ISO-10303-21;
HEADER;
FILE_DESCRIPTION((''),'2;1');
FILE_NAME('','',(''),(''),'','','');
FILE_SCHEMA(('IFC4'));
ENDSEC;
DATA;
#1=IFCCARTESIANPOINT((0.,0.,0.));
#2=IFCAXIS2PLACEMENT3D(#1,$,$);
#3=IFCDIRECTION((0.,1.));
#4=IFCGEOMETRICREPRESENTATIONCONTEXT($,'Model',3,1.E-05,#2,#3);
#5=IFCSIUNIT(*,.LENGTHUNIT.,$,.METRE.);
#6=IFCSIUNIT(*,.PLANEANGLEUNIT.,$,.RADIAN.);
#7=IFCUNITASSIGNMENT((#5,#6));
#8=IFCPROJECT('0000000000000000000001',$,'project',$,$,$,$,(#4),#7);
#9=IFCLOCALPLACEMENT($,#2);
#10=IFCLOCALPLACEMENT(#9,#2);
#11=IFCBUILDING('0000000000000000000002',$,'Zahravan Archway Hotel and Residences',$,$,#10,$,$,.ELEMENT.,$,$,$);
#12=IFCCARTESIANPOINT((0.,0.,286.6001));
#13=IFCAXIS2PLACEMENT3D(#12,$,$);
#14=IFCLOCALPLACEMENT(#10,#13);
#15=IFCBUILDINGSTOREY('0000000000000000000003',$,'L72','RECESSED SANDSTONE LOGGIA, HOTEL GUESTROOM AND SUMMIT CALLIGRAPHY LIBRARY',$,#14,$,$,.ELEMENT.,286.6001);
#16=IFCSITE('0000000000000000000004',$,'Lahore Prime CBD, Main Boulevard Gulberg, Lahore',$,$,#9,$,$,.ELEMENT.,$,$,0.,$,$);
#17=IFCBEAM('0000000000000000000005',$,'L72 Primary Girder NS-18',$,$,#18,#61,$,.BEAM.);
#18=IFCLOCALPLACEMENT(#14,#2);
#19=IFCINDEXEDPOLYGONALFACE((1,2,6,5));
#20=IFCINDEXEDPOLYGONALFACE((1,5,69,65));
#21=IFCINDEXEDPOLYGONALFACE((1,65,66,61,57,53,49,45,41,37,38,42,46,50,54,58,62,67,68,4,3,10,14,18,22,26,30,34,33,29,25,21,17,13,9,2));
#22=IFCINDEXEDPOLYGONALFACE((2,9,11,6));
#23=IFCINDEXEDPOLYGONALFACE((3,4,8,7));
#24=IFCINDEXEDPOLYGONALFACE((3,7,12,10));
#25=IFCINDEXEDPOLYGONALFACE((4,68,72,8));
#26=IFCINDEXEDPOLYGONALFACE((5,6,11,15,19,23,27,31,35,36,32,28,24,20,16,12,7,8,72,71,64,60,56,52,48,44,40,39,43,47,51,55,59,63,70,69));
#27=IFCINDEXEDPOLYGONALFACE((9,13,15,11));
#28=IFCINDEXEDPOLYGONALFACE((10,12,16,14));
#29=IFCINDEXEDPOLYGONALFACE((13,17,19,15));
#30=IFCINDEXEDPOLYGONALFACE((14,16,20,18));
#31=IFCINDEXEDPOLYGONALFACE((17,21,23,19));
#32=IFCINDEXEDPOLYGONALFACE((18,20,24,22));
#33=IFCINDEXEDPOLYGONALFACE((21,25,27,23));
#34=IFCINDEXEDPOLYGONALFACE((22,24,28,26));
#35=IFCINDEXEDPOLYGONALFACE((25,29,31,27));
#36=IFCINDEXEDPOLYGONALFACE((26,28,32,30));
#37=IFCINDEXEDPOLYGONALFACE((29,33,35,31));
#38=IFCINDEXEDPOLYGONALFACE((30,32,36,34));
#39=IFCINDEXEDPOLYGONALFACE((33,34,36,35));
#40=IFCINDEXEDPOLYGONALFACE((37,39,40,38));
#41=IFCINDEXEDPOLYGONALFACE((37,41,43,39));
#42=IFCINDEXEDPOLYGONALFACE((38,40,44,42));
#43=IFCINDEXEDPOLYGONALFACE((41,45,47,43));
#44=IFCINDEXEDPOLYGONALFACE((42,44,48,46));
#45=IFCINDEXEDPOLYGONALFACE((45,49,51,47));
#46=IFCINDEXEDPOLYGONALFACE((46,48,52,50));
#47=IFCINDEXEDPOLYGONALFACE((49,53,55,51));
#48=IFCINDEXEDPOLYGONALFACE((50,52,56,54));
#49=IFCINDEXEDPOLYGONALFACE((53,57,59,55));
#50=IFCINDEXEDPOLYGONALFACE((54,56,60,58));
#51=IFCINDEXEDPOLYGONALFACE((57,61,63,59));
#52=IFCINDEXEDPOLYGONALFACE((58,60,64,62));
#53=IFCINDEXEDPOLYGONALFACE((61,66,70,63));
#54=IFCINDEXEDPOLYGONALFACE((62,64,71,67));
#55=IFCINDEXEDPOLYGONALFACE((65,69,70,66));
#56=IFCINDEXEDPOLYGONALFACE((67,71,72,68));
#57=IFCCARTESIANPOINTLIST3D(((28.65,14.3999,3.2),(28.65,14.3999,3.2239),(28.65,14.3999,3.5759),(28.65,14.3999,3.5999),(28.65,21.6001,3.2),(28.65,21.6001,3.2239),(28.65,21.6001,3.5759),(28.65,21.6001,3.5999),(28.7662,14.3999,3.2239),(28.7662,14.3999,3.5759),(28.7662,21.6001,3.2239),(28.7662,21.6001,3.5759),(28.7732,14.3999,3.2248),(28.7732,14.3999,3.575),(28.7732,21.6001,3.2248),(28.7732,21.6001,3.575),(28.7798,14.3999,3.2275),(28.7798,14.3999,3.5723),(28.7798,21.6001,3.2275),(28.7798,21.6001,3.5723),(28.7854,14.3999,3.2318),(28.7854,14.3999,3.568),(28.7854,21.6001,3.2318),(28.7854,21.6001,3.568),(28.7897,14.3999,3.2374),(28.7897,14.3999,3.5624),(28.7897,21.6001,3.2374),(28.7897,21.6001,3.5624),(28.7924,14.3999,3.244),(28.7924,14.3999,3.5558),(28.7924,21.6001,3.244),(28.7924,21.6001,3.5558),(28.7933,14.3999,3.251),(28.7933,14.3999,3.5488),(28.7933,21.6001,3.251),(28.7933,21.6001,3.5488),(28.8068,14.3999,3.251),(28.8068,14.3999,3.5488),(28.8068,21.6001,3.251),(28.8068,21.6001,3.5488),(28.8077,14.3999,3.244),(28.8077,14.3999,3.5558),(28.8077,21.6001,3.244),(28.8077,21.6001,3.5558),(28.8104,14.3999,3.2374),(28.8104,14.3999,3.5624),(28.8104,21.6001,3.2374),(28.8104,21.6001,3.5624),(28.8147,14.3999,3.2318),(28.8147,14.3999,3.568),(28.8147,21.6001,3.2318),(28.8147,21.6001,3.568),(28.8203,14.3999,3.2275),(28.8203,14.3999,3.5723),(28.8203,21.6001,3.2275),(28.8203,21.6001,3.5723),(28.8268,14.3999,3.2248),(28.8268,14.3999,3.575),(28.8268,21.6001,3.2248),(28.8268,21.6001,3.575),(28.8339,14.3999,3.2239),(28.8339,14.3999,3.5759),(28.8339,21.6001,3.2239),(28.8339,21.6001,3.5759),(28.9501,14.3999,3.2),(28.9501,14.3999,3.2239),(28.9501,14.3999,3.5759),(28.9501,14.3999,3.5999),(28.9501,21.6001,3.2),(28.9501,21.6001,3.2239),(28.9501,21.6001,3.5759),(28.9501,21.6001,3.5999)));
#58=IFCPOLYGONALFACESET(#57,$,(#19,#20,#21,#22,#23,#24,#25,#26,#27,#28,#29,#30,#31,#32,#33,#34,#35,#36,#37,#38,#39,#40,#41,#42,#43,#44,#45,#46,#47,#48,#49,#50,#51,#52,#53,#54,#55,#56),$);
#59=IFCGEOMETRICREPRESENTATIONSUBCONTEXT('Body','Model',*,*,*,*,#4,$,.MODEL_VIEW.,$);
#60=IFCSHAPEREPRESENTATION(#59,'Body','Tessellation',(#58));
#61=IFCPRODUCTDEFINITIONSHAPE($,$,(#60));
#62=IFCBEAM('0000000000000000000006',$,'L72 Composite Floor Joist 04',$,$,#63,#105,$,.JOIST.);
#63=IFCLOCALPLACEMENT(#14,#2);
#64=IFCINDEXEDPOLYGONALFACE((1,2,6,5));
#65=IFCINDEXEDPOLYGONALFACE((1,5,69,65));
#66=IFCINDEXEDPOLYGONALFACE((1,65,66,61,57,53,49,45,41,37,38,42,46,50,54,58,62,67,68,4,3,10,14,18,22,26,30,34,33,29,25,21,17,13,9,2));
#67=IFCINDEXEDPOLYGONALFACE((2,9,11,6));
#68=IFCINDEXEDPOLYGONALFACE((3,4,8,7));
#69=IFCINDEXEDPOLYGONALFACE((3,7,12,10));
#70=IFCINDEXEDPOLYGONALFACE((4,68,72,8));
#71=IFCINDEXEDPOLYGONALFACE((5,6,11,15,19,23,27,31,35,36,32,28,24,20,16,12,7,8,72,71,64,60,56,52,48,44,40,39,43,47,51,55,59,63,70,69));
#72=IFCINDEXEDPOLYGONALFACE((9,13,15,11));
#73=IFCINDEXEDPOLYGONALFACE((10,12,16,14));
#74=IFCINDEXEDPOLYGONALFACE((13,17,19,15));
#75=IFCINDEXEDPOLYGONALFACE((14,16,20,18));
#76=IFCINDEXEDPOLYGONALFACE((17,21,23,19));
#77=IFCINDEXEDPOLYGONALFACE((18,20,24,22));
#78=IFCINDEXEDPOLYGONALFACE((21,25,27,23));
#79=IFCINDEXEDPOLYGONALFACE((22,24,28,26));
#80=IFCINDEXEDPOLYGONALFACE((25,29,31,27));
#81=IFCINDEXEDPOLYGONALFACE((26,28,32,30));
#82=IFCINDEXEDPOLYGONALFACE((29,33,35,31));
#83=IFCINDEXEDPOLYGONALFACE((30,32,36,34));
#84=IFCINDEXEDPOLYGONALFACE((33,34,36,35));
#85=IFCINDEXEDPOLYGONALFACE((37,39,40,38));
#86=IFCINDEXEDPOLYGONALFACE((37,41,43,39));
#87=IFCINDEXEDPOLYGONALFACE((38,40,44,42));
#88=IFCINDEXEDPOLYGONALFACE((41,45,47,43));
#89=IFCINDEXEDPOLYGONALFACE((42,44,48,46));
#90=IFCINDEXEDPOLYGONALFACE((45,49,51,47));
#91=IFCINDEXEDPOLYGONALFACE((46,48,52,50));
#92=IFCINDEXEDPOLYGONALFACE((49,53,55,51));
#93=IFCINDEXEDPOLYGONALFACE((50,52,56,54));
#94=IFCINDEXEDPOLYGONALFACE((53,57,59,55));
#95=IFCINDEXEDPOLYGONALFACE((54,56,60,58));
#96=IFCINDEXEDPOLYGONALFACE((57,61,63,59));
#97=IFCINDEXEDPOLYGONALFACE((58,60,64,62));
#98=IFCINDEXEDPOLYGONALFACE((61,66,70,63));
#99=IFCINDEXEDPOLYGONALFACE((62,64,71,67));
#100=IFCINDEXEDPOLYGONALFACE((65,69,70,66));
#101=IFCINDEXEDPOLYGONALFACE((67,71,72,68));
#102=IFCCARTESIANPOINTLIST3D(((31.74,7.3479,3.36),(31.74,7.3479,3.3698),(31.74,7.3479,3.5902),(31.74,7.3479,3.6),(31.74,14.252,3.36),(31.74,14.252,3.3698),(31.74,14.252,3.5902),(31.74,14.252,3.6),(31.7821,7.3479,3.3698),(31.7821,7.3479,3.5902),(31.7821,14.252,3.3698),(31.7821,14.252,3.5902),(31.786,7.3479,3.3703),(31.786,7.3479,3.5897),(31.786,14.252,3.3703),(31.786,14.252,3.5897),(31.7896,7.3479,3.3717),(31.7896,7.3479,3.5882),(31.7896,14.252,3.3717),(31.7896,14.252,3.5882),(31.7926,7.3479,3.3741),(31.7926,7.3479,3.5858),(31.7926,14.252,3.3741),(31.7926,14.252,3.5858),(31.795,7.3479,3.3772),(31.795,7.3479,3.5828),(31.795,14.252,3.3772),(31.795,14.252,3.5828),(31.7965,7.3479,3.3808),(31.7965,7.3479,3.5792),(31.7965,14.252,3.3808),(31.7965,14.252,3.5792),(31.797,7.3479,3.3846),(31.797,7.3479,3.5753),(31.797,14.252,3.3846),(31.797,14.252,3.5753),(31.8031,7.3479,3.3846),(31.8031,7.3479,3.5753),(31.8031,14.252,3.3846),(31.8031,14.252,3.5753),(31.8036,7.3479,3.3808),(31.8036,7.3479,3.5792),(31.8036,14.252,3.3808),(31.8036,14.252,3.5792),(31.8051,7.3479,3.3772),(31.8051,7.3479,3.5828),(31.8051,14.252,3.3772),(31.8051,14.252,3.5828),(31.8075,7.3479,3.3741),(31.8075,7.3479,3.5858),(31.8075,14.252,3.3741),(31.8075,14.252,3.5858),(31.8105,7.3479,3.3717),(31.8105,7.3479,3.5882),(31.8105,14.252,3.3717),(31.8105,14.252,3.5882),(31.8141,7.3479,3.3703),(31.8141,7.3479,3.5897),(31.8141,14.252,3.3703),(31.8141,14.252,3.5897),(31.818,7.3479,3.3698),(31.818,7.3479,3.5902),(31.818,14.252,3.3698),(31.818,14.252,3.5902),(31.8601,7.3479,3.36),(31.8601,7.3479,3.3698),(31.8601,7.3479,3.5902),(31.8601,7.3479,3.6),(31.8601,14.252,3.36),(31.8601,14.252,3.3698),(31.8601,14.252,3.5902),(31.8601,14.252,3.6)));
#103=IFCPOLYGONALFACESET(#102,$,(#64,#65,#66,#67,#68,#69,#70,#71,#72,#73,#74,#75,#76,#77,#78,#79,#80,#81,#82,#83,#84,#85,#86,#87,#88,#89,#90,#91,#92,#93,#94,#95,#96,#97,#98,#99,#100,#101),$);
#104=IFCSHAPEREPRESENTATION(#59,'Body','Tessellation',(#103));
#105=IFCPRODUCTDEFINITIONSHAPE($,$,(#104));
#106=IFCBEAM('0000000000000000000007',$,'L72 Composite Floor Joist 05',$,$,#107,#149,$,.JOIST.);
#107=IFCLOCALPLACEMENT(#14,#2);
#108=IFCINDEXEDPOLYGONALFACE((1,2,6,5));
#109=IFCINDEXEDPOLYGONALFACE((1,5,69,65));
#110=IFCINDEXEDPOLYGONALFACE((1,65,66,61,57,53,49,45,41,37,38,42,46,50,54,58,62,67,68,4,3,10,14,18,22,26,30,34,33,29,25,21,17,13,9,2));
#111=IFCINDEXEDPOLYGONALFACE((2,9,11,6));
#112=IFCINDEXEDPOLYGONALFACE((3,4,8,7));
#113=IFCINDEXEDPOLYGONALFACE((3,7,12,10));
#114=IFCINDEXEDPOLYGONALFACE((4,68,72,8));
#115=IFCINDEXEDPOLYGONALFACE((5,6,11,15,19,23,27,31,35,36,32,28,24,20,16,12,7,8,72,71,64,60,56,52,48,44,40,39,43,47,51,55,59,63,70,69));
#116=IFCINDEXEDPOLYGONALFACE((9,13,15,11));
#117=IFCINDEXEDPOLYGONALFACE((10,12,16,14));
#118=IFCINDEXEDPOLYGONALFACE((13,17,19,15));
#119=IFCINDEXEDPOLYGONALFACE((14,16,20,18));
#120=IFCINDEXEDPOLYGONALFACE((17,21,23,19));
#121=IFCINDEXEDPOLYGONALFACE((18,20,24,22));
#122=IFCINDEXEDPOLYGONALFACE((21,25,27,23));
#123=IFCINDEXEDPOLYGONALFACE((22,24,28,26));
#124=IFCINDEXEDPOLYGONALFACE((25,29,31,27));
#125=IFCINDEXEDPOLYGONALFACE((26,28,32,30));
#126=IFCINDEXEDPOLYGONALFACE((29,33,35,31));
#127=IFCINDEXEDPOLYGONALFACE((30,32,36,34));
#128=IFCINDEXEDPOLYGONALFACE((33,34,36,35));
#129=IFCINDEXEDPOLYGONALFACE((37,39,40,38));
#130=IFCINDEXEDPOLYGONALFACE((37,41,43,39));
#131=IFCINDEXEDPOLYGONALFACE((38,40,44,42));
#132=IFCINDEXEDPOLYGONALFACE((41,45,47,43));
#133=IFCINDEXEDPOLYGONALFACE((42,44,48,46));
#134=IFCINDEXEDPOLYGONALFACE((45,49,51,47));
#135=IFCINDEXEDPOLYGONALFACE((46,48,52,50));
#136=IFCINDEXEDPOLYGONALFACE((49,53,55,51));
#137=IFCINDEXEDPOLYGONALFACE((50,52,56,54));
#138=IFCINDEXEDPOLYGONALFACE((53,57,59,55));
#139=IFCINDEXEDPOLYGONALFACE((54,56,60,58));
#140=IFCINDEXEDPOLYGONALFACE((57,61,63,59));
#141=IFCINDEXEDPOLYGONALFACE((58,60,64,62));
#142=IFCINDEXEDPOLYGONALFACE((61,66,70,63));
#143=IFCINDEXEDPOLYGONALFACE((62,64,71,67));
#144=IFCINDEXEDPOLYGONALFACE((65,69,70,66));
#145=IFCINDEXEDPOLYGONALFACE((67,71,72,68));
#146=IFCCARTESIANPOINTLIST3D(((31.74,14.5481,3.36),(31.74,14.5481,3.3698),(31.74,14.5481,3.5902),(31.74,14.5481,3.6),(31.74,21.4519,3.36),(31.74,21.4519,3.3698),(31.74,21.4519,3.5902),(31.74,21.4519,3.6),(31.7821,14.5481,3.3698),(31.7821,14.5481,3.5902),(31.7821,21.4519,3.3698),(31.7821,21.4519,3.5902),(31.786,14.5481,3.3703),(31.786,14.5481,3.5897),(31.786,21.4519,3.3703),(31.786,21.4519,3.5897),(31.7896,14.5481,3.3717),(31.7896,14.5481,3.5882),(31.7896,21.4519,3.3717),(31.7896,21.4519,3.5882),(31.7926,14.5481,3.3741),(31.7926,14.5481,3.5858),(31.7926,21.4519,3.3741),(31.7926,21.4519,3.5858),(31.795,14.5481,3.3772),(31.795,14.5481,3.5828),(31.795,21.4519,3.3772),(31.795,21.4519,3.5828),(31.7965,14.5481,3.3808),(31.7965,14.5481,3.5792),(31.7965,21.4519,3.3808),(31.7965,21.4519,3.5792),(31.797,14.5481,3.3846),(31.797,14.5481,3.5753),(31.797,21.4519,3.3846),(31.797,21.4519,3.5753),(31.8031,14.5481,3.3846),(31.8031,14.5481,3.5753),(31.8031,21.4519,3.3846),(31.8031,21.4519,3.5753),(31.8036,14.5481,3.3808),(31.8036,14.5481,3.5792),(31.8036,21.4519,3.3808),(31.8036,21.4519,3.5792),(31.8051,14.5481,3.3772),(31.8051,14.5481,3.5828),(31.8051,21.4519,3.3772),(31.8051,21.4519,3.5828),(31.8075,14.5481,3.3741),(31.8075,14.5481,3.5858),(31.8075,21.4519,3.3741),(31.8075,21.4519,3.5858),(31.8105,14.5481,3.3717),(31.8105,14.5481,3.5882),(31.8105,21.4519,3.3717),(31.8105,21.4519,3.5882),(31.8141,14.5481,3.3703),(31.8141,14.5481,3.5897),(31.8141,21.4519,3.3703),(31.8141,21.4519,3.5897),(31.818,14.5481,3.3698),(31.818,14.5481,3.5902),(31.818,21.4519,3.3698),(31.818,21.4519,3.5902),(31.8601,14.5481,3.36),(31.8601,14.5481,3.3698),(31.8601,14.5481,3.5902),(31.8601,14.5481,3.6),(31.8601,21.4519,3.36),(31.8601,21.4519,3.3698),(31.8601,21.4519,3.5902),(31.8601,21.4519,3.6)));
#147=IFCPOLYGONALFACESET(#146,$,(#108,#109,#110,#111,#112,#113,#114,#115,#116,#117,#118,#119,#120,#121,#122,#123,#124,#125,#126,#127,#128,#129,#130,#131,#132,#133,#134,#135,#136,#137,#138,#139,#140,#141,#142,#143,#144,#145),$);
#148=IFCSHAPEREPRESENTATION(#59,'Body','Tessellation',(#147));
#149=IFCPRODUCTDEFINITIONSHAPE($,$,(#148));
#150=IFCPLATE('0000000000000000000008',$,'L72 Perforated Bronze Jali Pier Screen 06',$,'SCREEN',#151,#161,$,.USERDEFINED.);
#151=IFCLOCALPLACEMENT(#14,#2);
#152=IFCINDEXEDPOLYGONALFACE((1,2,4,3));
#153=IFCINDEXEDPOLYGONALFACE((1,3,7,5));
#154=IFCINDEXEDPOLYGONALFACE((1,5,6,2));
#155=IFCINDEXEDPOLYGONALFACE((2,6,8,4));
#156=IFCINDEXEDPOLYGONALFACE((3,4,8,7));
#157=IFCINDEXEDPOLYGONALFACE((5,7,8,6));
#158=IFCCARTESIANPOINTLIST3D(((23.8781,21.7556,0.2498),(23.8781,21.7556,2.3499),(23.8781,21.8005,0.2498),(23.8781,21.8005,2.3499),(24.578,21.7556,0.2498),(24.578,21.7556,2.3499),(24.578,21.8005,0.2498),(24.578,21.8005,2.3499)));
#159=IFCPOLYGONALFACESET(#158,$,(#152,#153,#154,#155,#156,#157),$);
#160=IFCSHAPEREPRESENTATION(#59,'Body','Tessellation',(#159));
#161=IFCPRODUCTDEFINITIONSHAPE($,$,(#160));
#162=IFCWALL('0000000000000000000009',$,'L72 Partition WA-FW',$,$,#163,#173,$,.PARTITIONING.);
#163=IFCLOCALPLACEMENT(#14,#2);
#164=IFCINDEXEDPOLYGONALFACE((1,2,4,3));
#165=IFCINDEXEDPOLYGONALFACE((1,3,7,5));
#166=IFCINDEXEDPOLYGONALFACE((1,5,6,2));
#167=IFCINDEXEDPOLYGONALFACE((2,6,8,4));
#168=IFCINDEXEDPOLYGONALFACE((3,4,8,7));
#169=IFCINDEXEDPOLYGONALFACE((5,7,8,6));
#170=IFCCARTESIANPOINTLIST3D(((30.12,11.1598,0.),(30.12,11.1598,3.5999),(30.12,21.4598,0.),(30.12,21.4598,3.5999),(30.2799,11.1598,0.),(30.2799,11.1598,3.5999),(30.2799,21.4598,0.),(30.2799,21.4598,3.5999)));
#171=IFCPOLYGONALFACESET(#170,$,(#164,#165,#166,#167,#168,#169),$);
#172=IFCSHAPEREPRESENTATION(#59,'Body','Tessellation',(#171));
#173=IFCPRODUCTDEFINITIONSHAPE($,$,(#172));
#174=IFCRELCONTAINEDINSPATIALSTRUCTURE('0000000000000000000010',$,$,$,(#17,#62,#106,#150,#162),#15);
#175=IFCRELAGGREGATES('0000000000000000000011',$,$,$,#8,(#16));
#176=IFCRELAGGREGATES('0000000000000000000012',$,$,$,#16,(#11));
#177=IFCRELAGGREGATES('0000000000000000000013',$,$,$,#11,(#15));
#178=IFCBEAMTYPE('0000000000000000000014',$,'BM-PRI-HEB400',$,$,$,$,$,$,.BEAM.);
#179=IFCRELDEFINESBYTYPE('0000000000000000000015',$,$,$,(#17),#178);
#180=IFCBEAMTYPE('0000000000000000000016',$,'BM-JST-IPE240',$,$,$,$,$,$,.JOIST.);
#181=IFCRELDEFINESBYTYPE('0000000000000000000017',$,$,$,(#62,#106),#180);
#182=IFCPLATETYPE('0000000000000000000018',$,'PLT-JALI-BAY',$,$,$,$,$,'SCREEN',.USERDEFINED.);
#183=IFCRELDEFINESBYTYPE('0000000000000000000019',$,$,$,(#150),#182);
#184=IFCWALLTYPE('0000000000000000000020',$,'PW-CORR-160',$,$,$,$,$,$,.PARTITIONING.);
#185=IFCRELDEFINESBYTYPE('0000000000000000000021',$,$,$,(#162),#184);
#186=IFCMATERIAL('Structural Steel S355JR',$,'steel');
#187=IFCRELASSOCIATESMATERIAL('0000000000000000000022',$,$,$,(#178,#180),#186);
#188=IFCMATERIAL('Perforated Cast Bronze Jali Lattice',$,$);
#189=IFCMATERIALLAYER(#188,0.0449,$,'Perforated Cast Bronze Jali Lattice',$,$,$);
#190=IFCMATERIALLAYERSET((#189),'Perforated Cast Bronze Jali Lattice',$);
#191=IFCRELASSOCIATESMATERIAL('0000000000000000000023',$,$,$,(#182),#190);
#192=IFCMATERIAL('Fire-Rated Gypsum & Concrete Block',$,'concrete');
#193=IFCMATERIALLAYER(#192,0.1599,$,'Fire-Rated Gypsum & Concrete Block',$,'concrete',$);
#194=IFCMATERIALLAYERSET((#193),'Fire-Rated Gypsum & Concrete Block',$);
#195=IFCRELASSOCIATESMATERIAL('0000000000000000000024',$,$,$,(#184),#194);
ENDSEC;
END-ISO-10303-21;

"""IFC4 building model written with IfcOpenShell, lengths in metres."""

from ifc_helpers import new_model, si_unit, direction, frame, frame_2d, origin, origin_2d, place, context, subcontext, project, spatial, rectangle, i_section, extrude, source, transform, mapped, material, layer, layer_set, material_profile, profile_set, type_object, type_shapes, element, save


model = new_model("IFC4")

# Units and contexts
model_context = context("Model", 3, precision=1e-05, world=origin(), true_north=direction((0.0, 1.0)))
body_context = subcontext(model_context, "Body", "Model", "MODEL_VIEW")
ifc_project = project(units=[si_unit("LENGTHUNIT", "METRE"), si_unit("PLANEANGLEUNIT", "RADIAN")], contexts=[model_context])

# Site, building, storey
site_placement = place(None, origin())
site = spatial("IfcSite", under=ifc_project, at=site_placement, Name="Lahore Prime CBD, Main Boulevard Gulberg, Lahore", CompositionType="ELEMENT", RefElevation=0.0)
building_placement = place(site_placement, origin())
building = spatial("IfcBuilding", under=site, at=building_placement, Name="Zahravan Archway Hotel and Residences", CompositionType="ELEMENT")
storey_placement = place(building_placement, frame((0.0, 0.0, 286.6001)))
storey = spatial("IfcBuildingStorey", under=building, at=storey_placement, Name="L72", Description="RECESSED SANDSTONE LOGGIA, HOTEL GUESTROOM AND SUMMIT CALLIGRAPHY LIBRARY", CompositionType="ELEMENT", Elevation=286.6001)

# Beams
ifc_material_1 = material(Name="Structural Steel S355JR", Category="steel")
ifc_material_profile_1 = material_profile(ifc_material_1, i_section(OverallWidth=0.3, OverallDepth=0.3999, WebThickness=0.0134, FlangeThickness=0.0239, FilletRadius=0.0271, at=origin_2d()), Name="HEB 400", Category="steel")
ifc_profile_set_1 = profile_set([ifc_material_profile_1], Name="Structural Steel S355JR")
beam_type_1 = type_object("IfcBeamType", Name="BM-PRI-HEB400", PredefinedType="BEAM", material=ifc_profile_set_1)
shared_shape_1 = source(origin(), body_context, "Body", "SweptSolid", [
    extrude(i_section(OverallWidth=0.3, OverallDepth=0.3999, WebThickness=0.0134, FlangeThickness=0.0239, FilletRadius=0.0271, at=origin_2d()), origin(), (0.0, 0.0, 1.0), 7.2002),
])
beam_1_placement = place(storey_placement, frame((28.8, 14.3999, 3.3999), z_axis=(0.0, 1.0, 0.0), x_axis=(-1.0, 0.0, 0.0)))
element("IfcBeam", 1, at=beam_1_placement, inside=storey, type_object=beam_type_1, Name="L72 Primary Girder NS-18", PredefinedType="BEAM", context=body_context, shape_type="MappedRepresentation", body=[
    mapped(shared_shape_1, transform((0.0, 0.0, 0.0), scale=1.0)),
])
ifc_material_profile_2 = material_profile(ifc_material_1, i_section(OverallWidth=0.1201, OverallDepth=0.24, WebThickness=0.0061, FlangeThickness=0.0098, FilletRadius=0.0149, at=origin_2d()), Name="IPE 240", Category="steel")
ifc_profile_set_2 = profile_set([ifc_material_profile_2], Name="Structural Steel S355JR")
beam_type_2 = type_object("IfcBeamType", Name="BM-JST-IPE240", PredefinedType="JOIST", material=ifc_profile_set_2)
shared_shape_2 = source(origin(), body_context, "Body", "SweptSolid", [
    extrude(i_section(OverallWidth=0.1201, OverallDepth=0.24, WebThickness=0.0061, FlangeThickness=0.0098, FilletRadius=0.0149, at=origin_2d()), origin(), (0.0, 0.0, 1.0), 6.9041),
])
type_shapes(beam_type_2, [shared_shape_2])
beam_2_placement = place(storey_placement, frame((31.8, 7.3479, 3.48), z_axis=(0.0, 1.0, 0.0), x_axis=(-1.0, 0.0, 0.0)))
element("IfcBeam", 2, at=beam_2_placement, inside=storey, type_object=beam_type_2, Name="L72 Composite Floor Joist 04", PredefinedType="JOIST", context=body_context, shape_type="MappedRepresentation", body=[
    mapped(shared_shape_2, transform((0.0, 0.0, 0.0), scale=1.0)),
])
shared_shape_3 = source(origin(), body_context, "Body", "SweptSolid", [
    extrude(i_section(OverallWidth=0.1201, OverallDepth=0.24, WebThickness=0.0061, FlangeThickness=0.0098, FilletRadius=0.0149, at=origin_2d()), origin(), (0.0, 0.0, 1.0), 6.9038),
])
beam_3_placement = place(storey_placement, frame((31.8, 14.5481, 3.48), z_axis=(0.0, 1.0, 0.0), x_axis=(-1.0, 0.0, 0.0)))
element("IfcBeam", 3, at=beam_3_placement, inside=storey, type_object=beam_type_2, Name="L72 Composite Floor Joist 05", PredefinedType="JOIST", context=body_context, shape_type="MappedRepresentation", body=[
    mapped(shared_shape_3, transform((0.0, 0.0, 0.0), scale=1.0)),
])

# Plate
ifc_material_2 = material(Name="Perforated Cast Bronze Jali Lattice")
ifc_layer_1 = layer(ifc_material_2, 0.0449, Name="Perforated Cast Bronze Jali Lattice")
ifc_layer_set_1 = layer_set([ifc_layer_1], Name="Perforated Cast Bronze Jali Lattice")
plate_type = type_object("IfcPlateType", Name="PLT-JALI-BAY", ElementType="SCREEN", PredefinedType="USERDEFINED", material=ifc_layer_set_1)
shared_shape_4 = source(origin(), body_context, "Body", "SweptSolid", [
    extrude(rectangle(XDim=0.7, YDim=0.0449, at=origin_2d()), origin(), (0.0, 0.0, 1.0), 2.1001),
])
type_shapes(plate_type, [shared_shape_4])
plate_placement = place(storey_placement, frame((24.228, 21.7781, 0.2498), z_axis=(0.0, 0.0, 1.0), x_axis=(1.0, 0.0, 0.0)))
element("IfcPlate", 4, at=plate_placement, inside=storey, type_object=plate_type, Name="L72 Perforated Bronze Jali Pier Screen 06", ObjectType="SCREEN", PredefinedType="USERDEFINED", context=body_context, shape_type="MappedRepresentation", body=[
    mapped(shared_shape_4, transform((0.0, 0.0, 0.0), scale=1.0)),
])

# Wall
ifc_material_3 = material(Name="Fire-Rated Gypsum & Concrete Block", Category="concrete")
ifc_layer_2 = layer(ifc_material_3, 0.1599, Name="Fire-Rated Gypsum & Concrete Block", Category="concrete")
ifc_layer_set_2 = layer_set([ifc_layer_2], Name="Fire-Rated Gypsum & Concrete Block")
wall_type_1 = type_object("IfcWallType", Name="PW-CORR-160", PredefinedType="PARTITIONING", material=ifc_layer_set_2)
wall_1_placement = place(storey_placement, frame((30.2, 11.1599, 0.0), z_axis=(0.0, 0.0, 1.0), x_axis=(0.0, 1.0, 0.0)))
element("IfcWall", 5, at=wall_1_placement, inside=storey, type_object=wall_type_1, Name="L72 Partition WA-FW", PredefinedType="PARTITIONING", context=body_context, shape_type="SweptSolid", body=[
    extrude(rectangle(XDim=10.3, YDim=0.1599, at=frame_2d((5.1499, 0.0))), origin(), (0.0, 0.0, 1.0), 3.5999),
])

save(model, "model.ifc")
